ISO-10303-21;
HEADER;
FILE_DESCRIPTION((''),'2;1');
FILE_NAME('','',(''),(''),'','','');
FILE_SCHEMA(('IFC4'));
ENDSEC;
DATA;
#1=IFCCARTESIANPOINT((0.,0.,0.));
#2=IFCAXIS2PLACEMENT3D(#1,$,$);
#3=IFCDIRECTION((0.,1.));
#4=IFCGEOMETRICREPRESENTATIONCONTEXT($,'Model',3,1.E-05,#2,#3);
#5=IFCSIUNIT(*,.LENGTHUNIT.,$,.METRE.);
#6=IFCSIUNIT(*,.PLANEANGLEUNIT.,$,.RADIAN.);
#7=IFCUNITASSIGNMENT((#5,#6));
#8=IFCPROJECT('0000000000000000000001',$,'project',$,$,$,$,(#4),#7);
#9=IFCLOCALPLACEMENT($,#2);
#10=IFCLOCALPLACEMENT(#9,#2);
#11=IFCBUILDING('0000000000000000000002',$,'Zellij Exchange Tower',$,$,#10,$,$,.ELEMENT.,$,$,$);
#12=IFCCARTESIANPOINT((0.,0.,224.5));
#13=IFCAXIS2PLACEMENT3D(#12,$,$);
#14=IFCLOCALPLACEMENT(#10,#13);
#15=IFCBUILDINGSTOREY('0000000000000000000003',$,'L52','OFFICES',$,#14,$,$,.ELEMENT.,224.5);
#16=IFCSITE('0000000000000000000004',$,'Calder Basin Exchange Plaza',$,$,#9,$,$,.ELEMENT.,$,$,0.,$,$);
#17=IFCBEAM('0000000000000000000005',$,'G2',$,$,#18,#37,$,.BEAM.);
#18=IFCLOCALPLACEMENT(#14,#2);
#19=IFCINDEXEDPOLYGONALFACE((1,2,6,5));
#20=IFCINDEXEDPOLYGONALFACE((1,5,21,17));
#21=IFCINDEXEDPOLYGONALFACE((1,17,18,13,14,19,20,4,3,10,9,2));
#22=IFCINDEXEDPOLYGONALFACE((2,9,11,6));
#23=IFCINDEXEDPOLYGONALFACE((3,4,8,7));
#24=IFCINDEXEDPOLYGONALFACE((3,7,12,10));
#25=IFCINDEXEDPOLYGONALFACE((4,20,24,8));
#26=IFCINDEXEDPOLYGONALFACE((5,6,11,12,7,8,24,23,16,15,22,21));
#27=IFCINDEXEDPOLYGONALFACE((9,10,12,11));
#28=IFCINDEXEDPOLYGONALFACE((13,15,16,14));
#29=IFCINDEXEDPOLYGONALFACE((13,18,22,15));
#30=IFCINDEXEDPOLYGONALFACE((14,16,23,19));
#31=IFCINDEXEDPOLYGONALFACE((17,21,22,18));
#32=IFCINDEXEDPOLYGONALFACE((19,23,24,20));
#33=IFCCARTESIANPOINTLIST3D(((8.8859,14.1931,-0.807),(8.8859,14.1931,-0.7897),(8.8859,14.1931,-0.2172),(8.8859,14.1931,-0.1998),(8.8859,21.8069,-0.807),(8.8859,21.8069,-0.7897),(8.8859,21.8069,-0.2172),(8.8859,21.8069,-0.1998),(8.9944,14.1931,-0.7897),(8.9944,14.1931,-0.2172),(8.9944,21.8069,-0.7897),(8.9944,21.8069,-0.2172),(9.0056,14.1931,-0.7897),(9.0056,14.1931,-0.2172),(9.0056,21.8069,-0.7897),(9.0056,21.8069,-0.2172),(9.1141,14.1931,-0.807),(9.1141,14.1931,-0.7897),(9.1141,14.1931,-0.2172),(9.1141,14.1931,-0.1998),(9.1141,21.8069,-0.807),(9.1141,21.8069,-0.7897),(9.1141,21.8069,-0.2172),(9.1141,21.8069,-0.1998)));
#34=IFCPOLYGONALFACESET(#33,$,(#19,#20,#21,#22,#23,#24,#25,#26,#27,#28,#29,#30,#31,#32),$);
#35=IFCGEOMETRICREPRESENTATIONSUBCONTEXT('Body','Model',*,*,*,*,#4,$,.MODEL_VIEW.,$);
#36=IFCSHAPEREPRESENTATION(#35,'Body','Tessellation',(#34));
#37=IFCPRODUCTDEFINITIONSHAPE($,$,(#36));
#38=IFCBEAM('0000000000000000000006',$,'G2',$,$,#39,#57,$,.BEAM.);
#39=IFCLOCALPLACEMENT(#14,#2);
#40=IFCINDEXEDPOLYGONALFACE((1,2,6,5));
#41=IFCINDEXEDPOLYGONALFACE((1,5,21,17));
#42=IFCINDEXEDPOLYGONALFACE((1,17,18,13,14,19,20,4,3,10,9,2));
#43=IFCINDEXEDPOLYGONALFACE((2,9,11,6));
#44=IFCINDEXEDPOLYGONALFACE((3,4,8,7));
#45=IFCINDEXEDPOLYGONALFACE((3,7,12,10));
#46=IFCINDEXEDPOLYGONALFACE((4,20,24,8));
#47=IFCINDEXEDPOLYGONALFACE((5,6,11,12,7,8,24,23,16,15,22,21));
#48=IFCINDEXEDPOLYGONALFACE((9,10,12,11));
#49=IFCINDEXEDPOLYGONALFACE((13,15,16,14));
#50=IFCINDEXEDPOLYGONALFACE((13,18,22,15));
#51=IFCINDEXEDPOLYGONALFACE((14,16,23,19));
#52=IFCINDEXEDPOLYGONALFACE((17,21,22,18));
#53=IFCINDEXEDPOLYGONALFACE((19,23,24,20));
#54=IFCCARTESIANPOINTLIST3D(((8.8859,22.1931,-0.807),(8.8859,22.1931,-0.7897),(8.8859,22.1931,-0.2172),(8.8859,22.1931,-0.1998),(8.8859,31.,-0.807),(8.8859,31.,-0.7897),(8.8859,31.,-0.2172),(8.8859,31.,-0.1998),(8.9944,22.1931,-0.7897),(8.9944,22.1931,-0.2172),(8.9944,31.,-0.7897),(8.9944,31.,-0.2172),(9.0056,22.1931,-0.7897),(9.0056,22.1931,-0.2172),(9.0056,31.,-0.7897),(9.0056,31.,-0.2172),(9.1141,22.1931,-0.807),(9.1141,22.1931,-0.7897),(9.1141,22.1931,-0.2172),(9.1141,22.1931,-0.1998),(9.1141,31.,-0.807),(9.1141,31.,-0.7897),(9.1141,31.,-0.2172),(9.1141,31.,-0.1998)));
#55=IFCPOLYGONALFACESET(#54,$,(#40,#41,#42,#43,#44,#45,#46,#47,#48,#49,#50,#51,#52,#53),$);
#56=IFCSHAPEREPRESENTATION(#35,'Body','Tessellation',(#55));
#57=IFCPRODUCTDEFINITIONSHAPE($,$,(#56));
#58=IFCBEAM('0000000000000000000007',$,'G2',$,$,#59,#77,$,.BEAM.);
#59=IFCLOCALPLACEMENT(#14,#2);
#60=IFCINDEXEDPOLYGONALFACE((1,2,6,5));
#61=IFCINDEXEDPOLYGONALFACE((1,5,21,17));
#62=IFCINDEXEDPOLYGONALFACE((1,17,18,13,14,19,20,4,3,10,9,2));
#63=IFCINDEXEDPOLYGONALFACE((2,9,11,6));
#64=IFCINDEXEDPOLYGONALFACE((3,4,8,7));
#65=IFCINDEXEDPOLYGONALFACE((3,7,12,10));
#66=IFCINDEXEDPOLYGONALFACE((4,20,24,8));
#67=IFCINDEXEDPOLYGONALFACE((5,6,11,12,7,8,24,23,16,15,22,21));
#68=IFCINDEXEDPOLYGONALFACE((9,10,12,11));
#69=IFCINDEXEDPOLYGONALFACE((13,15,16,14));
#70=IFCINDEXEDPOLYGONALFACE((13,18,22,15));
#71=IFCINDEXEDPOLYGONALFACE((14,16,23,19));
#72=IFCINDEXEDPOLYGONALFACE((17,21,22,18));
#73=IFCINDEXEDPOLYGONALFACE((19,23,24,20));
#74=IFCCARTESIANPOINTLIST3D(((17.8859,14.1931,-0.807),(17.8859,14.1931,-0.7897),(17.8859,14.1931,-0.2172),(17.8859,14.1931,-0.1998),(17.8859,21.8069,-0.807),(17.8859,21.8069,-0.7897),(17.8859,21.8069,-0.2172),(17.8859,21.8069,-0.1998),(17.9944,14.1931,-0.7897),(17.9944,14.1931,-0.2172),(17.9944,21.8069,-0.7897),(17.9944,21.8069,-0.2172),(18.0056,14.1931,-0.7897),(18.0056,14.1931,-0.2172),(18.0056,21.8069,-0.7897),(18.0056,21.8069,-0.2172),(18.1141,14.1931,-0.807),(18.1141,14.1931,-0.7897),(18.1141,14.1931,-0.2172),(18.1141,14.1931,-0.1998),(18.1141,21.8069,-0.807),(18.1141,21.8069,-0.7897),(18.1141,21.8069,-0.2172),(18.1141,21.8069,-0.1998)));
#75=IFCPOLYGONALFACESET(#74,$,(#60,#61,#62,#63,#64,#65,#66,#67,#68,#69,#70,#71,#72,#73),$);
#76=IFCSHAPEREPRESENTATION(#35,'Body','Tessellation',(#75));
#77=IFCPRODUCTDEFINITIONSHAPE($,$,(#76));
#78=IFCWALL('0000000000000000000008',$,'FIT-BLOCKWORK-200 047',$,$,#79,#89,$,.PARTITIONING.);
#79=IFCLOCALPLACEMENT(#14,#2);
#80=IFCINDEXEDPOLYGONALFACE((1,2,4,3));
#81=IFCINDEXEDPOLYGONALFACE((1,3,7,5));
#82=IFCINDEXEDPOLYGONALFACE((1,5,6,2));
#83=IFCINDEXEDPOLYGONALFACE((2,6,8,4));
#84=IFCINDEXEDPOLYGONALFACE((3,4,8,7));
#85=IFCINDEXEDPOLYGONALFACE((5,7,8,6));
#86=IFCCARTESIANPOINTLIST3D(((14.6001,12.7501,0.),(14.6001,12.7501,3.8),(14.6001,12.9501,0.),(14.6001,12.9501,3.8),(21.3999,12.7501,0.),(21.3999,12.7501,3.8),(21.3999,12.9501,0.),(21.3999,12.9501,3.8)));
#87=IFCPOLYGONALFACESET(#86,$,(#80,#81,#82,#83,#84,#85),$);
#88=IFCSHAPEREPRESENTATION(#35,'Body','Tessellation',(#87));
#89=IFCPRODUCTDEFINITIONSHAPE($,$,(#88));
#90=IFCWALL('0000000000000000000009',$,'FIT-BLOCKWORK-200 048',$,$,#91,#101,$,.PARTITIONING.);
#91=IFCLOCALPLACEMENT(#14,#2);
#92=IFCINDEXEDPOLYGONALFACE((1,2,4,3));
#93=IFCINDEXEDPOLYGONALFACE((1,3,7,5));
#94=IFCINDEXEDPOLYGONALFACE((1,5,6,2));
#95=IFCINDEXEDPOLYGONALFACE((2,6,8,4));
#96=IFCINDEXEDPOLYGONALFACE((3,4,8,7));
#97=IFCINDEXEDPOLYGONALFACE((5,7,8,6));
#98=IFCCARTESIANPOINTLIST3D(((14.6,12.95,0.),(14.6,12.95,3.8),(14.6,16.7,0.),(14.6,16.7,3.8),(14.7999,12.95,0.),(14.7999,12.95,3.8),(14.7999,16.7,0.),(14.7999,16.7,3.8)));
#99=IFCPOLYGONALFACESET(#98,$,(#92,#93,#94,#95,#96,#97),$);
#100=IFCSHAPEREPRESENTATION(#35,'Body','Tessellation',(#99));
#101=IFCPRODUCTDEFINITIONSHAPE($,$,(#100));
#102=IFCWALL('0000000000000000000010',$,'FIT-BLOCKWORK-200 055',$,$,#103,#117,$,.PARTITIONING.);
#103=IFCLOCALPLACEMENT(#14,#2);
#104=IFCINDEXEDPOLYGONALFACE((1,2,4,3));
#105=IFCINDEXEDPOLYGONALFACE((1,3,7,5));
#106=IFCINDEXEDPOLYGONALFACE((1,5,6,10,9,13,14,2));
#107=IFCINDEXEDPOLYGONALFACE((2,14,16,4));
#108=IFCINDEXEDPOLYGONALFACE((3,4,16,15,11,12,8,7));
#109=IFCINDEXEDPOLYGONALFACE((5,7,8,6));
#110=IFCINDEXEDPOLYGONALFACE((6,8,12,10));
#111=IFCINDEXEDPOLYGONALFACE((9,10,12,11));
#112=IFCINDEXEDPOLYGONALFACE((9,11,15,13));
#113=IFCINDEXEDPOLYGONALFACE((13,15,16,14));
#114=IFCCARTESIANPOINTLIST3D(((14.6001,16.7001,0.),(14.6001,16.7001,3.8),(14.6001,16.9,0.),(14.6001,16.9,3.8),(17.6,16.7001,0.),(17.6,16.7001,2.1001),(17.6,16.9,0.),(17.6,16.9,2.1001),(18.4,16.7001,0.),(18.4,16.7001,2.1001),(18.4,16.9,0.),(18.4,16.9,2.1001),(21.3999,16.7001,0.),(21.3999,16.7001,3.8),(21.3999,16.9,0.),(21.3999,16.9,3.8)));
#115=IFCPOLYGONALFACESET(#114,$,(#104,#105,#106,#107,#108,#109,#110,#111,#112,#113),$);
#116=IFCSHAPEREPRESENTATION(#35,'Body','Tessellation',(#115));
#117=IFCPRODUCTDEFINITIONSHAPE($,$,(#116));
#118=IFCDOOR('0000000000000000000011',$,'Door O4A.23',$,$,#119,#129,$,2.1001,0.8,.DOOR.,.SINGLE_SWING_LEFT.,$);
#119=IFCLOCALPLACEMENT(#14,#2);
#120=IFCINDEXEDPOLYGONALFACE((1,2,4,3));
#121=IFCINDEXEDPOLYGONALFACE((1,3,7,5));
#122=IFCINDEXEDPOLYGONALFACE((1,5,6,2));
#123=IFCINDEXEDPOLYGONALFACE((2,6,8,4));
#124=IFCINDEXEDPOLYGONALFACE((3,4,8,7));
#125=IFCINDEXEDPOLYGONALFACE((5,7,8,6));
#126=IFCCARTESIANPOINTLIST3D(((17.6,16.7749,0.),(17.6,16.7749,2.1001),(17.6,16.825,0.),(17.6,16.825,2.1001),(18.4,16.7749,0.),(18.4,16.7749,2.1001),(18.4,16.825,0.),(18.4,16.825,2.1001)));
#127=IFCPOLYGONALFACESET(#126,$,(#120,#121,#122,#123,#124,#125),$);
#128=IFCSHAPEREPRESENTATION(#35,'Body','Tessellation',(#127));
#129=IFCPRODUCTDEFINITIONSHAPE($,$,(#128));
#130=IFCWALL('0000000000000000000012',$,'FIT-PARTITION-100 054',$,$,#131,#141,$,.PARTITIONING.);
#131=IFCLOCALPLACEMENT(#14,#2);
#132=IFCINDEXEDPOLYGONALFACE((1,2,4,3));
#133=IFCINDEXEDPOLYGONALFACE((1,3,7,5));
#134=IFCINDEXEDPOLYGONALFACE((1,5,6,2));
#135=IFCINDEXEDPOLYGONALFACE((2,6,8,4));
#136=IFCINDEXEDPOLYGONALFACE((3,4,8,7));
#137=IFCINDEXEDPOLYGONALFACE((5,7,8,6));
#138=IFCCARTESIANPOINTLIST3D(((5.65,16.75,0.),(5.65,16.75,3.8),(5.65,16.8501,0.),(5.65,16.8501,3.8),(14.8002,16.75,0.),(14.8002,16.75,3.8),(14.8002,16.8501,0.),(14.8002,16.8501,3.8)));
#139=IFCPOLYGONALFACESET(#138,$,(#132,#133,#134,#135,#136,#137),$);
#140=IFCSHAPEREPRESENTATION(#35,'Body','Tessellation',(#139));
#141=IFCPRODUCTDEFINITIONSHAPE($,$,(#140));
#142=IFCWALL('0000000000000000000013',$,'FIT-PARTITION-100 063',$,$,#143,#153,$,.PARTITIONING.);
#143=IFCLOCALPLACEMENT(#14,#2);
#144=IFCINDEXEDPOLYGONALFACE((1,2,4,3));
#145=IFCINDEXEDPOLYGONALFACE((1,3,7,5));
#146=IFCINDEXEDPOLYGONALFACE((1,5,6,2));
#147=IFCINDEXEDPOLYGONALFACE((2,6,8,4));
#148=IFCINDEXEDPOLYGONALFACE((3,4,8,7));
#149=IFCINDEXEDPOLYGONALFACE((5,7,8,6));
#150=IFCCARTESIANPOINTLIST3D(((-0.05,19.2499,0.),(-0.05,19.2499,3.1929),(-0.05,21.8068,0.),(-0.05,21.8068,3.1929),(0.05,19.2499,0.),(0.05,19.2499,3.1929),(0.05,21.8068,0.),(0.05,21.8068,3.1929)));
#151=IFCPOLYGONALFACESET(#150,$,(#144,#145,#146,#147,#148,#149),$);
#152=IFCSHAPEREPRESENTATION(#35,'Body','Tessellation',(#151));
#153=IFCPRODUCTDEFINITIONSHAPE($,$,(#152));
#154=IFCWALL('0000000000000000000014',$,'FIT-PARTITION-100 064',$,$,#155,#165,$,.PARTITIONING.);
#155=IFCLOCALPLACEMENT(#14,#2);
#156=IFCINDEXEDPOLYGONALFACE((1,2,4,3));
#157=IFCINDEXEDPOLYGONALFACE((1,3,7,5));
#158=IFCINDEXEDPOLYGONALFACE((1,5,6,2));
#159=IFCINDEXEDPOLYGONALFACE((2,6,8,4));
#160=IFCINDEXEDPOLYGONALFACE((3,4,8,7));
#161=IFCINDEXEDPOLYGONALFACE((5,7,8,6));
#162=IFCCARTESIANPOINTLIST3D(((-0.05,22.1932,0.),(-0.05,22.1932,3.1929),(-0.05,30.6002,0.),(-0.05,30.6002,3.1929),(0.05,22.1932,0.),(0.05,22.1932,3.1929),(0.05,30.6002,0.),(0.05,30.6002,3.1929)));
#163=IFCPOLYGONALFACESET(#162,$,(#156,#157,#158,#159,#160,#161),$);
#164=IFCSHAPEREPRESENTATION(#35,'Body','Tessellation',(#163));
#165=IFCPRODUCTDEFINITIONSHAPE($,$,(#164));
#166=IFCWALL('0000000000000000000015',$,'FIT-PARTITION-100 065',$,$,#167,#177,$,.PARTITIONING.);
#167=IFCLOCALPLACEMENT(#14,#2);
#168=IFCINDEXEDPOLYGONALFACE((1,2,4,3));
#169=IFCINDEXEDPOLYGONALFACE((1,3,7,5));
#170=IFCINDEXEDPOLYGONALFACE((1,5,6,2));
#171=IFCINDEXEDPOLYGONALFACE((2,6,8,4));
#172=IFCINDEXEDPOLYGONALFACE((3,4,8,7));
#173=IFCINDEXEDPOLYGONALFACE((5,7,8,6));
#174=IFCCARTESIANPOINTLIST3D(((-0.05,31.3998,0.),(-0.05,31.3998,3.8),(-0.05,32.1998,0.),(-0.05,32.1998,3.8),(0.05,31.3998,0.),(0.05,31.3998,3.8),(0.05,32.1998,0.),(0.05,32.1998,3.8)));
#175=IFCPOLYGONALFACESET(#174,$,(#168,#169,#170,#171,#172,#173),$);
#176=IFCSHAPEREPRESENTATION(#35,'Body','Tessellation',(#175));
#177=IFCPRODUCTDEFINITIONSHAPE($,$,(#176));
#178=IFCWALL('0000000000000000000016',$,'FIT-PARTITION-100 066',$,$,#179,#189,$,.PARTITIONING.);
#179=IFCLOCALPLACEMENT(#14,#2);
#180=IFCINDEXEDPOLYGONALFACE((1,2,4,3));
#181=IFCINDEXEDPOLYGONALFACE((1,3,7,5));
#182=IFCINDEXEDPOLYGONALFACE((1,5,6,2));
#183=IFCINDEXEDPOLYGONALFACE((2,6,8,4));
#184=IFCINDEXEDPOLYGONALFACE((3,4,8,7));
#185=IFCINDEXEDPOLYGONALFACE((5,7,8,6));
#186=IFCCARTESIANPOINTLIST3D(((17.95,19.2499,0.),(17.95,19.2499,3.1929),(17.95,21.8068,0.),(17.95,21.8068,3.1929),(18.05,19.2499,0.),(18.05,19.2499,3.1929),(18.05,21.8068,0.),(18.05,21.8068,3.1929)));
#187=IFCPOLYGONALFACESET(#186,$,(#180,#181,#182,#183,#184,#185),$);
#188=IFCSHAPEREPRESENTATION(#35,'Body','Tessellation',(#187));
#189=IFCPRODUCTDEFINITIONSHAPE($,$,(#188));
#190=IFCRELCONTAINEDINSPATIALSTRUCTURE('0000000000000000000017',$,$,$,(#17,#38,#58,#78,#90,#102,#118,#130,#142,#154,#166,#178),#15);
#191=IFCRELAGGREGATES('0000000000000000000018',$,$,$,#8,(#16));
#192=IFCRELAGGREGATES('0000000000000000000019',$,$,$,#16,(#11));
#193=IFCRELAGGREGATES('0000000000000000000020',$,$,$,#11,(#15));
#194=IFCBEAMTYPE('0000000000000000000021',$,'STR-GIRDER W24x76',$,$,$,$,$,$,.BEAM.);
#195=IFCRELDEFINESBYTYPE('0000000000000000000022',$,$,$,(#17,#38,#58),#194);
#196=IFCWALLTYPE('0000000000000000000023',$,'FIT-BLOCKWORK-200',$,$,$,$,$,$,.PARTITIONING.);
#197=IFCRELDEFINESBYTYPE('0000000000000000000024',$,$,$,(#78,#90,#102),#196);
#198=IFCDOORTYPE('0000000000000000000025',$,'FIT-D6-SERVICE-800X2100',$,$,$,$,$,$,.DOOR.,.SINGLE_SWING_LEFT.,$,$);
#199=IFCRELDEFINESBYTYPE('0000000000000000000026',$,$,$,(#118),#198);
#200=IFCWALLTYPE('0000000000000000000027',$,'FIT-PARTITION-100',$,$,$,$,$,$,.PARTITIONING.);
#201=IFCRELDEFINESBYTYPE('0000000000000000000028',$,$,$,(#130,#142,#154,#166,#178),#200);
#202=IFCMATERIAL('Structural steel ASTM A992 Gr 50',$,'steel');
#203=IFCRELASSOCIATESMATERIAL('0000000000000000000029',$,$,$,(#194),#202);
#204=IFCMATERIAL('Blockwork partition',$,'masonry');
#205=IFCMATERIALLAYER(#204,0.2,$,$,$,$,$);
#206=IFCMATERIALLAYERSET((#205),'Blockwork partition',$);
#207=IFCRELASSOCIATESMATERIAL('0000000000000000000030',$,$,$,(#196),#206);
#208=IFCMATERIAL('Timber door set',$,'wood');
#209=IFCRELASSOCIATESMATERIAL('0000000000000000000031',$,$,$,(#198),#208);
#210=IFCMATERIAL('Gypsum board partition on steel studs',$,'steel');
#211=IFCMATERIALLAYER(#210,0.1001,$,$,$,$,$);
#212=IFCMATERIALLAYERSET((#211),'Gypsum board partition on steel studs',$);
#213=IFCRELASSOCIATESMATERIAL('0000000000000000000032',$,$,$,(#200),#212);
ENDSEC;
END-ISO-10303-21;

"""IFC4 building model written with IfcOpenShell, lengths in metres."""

from ifc_helpers import new_model, si_unit, direction, frame, frame_2d, origin, origin_2d, place, context, subcontext, project, spatial, rectangle, i_section, extrude, material, layer, layer_set, material_profile, profile_set, type_object, element, fill, save


model = new_model("IFC4")

# Units and contexts
model_context = context("Model", 3, precision=1e-05, world=origin(), true_north=direction((0.0, 1.0)))
body_context = subcontext(model_context, "Body", "Model", "MODEL_VIEW")
ifc_project = project(units=[si_unit("LENGTHUNIT", "METRE"), si_unit("PLANEANGLEUNIT", "RADIAN")], contexts=[model_context])

# Site, building, storey
site_placement = place(None, origin())
site = spatial("IfcSite", under=ifc_project, at=site_placement, Name="Calder Basin Exchange Plaza", CompositionType="ELEMENT", RefElevation=0.0)
building_placement = place(site_placement, origin())
building = spatial("IfcBuilding", under=site, at=building_placement, Name="Zellij Exchange Tower", CompositionType="ELEMENT")
storey_placement = place(building_placement, frame((0.0, 0.0, 224.5)))
storey = spatial("IfcBuildingStorey", under=building, at=storey_placement, Name="L52", Description="OFFICES", CompositionType="ELEMENT", Elevation=224.5)

# Shared definitions
ifc_material_1 = material(Name="Structural steel ASTM A992 Gr 50", Category="steel")

# Beams
ifc_material_profile_1 = material_profile(ifc_material_1, i_section(OverallWidth=0.2283, OverallDepth=0.6072, WebThickness=0.0112, FlangeThickness=0.0173, at=origin_2d()), Name="W24x76")
ifc_profile_set_1 = profile_set([ifc_material_profile_1], Name="Structural steel ASTM A992 Gr 50")
beam_type = type_object("IfcBeamType", Name="STR-GIRDER W24x76", PredefinedType="BEAM", material=ifc_profile_set_1)
beam_1_placement = place(storey_placement, frame((9.0, 14.1931, -0.5034), z_axis=(0.0, 1.0, 0.0), x_axis=(-1.0, 0.0, 0.0)))
element("IfcBeam", 1, at=beam_1_placement, inside=storey, type_object=beam_type, Name="G2", PredefinedType="BEAM", context=body_context, shape_type="SweptSolid", body=[
    extrude(i_section(OverallWidth=0.2283, OverallDepth=0.6072, WebThickness=0.0112, FlangeThickness=0.0173, at=origin_2d()), origin(), (0.0, 0.0, 1.0), 7.6138),
])
beam_2_placement = place(storey_placement, frame((9.0, 22.1931, -0.5034), z_axis=(0.0, 1.0, 0.0), x_axis=(-1.0, 0.0, 0.0)))
element("IfcBeam", 2, at=beam_2_placement, inside=storey, type_object=beam_type, Name="G2", PredefinedType="BEAM", context=body_context, shape_type="SweptSolid", body=[
    extrude(i_section(OverallWidth=0.2283, OverallDepth=0.6072, WebThickness=0.0112, FlangeThickness=0.0173, at=origin_2d()), origin(), (0.0, 0.0, 1.0), 8.8069),
])
beam_3_placement = place(storey_placement, frame((18.0, 14.1931, -0.5034), z_axis=(0.0, 1.0, 0.0), x_axis=(-1.0, 0.0, 0.0)))
element("IfcBeam", 3, at=beam_3_placement, inside=storey, type_object=beam_type, Name="G2", PredefinedType="BEAM", context=body_context, shape_type="SweptSolid", body=[
    extrude(i_section(OverallWidth=0.2283, OverallDepth=0.6072, WebThickness=0.0112, FlangeThickness=0.0173, at=origin_2d()), origin(), (0.0, 0.0, 1.0), 7.6138),
])

# Walls
ifc_material_2 = material(Name="Blockwork partition", Category="masonry")
ifc_layer_1 = layer(ifc_material_2, 0.2)
ifc_layer_set_1 = layer_set([ifc_layer_1], Name="Blockwork partition")
wall_type_1 = type_object("IfcWallType", Name="FIT-BLOCKWORK-200", PredefinedType="PARTITIONING", material=ifc_layer_set_1)
wall_1_placement = place(storey_placement, frame((14.6001, 12.8501, 0.0), z_axis=(0.0, 0.0, 1.0), x_axis=(1.0, 0.0, 0.0)))
element("IfcWall", 4, at=wall_1_placement, inside=storey, type_object=wall_type_1, Name="FIT-BLOCKWORK-200 047", PredefinedType="PARTITIONING", context=body_context, shape_type="SweptSolid", body=[
    extrude(rectangle(XDim=6.7998, YDim=0.2, at=frame_2d((3.3999, 0.0))), origin(), (0.0, 0.0, 1.0), 3.8),
])
wall_2_placement = place(storey_placement, frame((14.7, 12.95, 0.0), z_axis=(0.0, 0.0, 1.0), x_axis=(0.0, 1.0, 0.0)))
element("IfcWall", 5, at=wall_2_placement, inside=storey, type_object=wall_type_1, Name="FIT-BLOCKWORK-200 048", PredefinedType="PARTITIONING", context=body_context, shape_type="SweptSolid", body=[
    extrude(rectangle(XDim=3.75, YDim=0.2, at=frame_2d((1.875, 0.0))), origin(), (0.0, 0.0, 1.0), 3.8),
])

# Wall, opening, door
wall_3_placement = place(storey_placement, frame((14.6001, 16.8, 0.0), z_axis=(0.0, 0.0, 1.0), x_axis=(1.0, 0.0, 0.0)))
wall_3 = element("IfcWall", 6, at=wall_3_placement, inside=storey, type_object=wall_type_1, Name="FIT-BLOCKWORK-200 055", PredefinedType="PARTITIONING", context=body_context, shape_type="SweptSolid", body=[
    extrude(rectangle(XDim=6.7998, YDim=0.2, at=frame_2d((3.3999, 0.0))), origin(), (0.0, 0.0, 1.0), 3.8),
])
opening_placement = place(wall_3_placement, frame((3.0, 0.0, 0.0)))
opening = element("IfcOpeningElement", 7, at=opening_placement, cuts=wall_3, PredefinedType="OPENING", context=body_context, shape_type="SweptSolid", body=[
    extrude(rectangle(XDim=0.8, YDim=2.1001, at=frame_2d((0.3999, 1.05))), frame((0.0, 0.1118, 0.0), z_axis=(0.0, -1.0, 0.0), x_axis=(1.0, 0.0, 0.0)), (0.0, 0.0, 1.0), 0.2239),
])
ifc_material_3 = material(Name="Timber door set", Category="wood")
door_type = type_object("IfcDoorType", Name="FIT-D6-SERVICE-800X2100", OperationType="SINGLE_SWING_LEFT", PredefinedType="DOOR", material=ifc_material_3)
door_placement = place(opening_placement, origin())
door = element("IfcDoor", 8, at=door_placement, inside=storey, type_object=door_type, Name="Door O4A.23", OperationType="SINGLE_SWING_LEFT", OverallHeight=2.1001, OverallWidth=0.8, PredefinedType="DOOR", context=body_context, shape_type="SweptSolid", body=[
    extrude(rectangle(XDim=0.8, YDim=2.1001, at=frame_2d((0.3999, 1.05))), frame((0.0, 0.0249, 0.0), z_axis=(0.0, -1.0, 0.0), x_axis=(1.0, 0.0, 0.0)), (0.0, 0.0, 1.0), 0.05),
])
fill(opening, door)

# Walls
ifc_material_4 = material(Name="Gypsum board partition on steel studs", Category="steel")
ifc_layer_2 = layer(ifc_material_4, 0.1001)
ifc_layer_set_2 = layer_set([ifc_layer_2], Name="Gypsum board partition on steel studs")
wall_type_2 = type_object("IfcWallType", Name="FIT-PARTITION-100", PredefinedType="PARTITIONING", material=ifc_layer_set_2)
wall_4_placement = place(storey_placement, frame((5.6499, 16.8, 0.0), z_axis=(0.0, 0.0, 1.0), x_axis=(1.0, 0.0, 0.0)))
element("IfcWall", 9, at=wall_4_placement, inside=storey, type_object=wall_type_2, Name="FIT-PARTITION-100 054", PredefinedType="PARTITIONING", context=body_context, shape_type="SweptSolid", body=[
    extrude(rectangle(XDim=9.1501, YDim=0.1001, at=frame_2d((4.5752, 0.0))), origin(), (0.0, 0.0, 1.0), 3.8),
])
wall_5_placement = place(storey_placement, frame((0.0, 19.25, 0.0), z_axis=(0.0, 0.0, 1.0), x_axis=(0.0, 1.0, 0.0)))
element("IfcWall", 10, at=wall_5_placement, inside=storey, type_object=wall_type_2, Name="FIT-PARTITION-100 063", PredefinedType="PARTITIONING", context=body_context, shape_type="SweptSolid", body=[
    extrude(rectangle(XDim=2.5569, YDim=0.1001, at=frame_2d((1.2783, 0.0))), origin(), (0.0, 0.0, 1.0), 3.1929),
])
wall_6_placement = place(storey_placement, frame((0.0, 22.1931, 0.0), z_axis=(0.0, 0.0, 1.0), x_axis=(0.0, 1.0, 0.0)))
element("IfcWall", 11, at=wall_6_placement, inside=storey, type_object=wall_type_2, Name="FIT-PARTITION-100 064", PredefinedType="PARTITIONING", context=body_context, shape_type="SweptSolid", body=[
    extrude(rectangle(XDim=8.407, YDim=0.1001, at=frame_2d((4.2036, 0.0))), origin(), (0.0, 0.0, 1.0), 3.1929),
])
wall_7_placement = place(storey_placement, frame((0.0, 31.3999, 0.0), z_axis=(0.0, 0.0, 1.0), x_axis=(0.0, 1.0, 0.0)))
element("IfcWall", 12, at=wall_7_placement, inside=storey, type_object=wall_type_2, Name="FIT-PARTITION-100 065", PredefinedType="PARTITIONING", context=body_context, shape_type="SweptSolid", body=[
    extrude(rectangle(XDim=0.8, YDim=0.1001, at=frame_2d((0.3999, 0.0))), origin(), (0.0, 0.0, 1.0), 3.8),
])
wall_8_placement = place(storey_placement, frame((18.0, 19.25, 0.0), z_axis=(0.0, 0.0, 1.0), x_axis=(0.0, 1.0, 0.0)))
element("IfcWall", 13, at=wall_8_placement, inside=storey, type_object=wall_type_2, Name="FIT-PARTITION-100 066", PredefinedType="PARTITIONING", context=body_context, shape_type="SweptSolid", body=[
    extrude(rectangle(XDim=2.5569, YDim=0.1001, at=frame_2d((1.2783, 0.0))), origin(), (0.0, 0.0, 1.0), 3.1929),
])

save(model, "model.ifc")
